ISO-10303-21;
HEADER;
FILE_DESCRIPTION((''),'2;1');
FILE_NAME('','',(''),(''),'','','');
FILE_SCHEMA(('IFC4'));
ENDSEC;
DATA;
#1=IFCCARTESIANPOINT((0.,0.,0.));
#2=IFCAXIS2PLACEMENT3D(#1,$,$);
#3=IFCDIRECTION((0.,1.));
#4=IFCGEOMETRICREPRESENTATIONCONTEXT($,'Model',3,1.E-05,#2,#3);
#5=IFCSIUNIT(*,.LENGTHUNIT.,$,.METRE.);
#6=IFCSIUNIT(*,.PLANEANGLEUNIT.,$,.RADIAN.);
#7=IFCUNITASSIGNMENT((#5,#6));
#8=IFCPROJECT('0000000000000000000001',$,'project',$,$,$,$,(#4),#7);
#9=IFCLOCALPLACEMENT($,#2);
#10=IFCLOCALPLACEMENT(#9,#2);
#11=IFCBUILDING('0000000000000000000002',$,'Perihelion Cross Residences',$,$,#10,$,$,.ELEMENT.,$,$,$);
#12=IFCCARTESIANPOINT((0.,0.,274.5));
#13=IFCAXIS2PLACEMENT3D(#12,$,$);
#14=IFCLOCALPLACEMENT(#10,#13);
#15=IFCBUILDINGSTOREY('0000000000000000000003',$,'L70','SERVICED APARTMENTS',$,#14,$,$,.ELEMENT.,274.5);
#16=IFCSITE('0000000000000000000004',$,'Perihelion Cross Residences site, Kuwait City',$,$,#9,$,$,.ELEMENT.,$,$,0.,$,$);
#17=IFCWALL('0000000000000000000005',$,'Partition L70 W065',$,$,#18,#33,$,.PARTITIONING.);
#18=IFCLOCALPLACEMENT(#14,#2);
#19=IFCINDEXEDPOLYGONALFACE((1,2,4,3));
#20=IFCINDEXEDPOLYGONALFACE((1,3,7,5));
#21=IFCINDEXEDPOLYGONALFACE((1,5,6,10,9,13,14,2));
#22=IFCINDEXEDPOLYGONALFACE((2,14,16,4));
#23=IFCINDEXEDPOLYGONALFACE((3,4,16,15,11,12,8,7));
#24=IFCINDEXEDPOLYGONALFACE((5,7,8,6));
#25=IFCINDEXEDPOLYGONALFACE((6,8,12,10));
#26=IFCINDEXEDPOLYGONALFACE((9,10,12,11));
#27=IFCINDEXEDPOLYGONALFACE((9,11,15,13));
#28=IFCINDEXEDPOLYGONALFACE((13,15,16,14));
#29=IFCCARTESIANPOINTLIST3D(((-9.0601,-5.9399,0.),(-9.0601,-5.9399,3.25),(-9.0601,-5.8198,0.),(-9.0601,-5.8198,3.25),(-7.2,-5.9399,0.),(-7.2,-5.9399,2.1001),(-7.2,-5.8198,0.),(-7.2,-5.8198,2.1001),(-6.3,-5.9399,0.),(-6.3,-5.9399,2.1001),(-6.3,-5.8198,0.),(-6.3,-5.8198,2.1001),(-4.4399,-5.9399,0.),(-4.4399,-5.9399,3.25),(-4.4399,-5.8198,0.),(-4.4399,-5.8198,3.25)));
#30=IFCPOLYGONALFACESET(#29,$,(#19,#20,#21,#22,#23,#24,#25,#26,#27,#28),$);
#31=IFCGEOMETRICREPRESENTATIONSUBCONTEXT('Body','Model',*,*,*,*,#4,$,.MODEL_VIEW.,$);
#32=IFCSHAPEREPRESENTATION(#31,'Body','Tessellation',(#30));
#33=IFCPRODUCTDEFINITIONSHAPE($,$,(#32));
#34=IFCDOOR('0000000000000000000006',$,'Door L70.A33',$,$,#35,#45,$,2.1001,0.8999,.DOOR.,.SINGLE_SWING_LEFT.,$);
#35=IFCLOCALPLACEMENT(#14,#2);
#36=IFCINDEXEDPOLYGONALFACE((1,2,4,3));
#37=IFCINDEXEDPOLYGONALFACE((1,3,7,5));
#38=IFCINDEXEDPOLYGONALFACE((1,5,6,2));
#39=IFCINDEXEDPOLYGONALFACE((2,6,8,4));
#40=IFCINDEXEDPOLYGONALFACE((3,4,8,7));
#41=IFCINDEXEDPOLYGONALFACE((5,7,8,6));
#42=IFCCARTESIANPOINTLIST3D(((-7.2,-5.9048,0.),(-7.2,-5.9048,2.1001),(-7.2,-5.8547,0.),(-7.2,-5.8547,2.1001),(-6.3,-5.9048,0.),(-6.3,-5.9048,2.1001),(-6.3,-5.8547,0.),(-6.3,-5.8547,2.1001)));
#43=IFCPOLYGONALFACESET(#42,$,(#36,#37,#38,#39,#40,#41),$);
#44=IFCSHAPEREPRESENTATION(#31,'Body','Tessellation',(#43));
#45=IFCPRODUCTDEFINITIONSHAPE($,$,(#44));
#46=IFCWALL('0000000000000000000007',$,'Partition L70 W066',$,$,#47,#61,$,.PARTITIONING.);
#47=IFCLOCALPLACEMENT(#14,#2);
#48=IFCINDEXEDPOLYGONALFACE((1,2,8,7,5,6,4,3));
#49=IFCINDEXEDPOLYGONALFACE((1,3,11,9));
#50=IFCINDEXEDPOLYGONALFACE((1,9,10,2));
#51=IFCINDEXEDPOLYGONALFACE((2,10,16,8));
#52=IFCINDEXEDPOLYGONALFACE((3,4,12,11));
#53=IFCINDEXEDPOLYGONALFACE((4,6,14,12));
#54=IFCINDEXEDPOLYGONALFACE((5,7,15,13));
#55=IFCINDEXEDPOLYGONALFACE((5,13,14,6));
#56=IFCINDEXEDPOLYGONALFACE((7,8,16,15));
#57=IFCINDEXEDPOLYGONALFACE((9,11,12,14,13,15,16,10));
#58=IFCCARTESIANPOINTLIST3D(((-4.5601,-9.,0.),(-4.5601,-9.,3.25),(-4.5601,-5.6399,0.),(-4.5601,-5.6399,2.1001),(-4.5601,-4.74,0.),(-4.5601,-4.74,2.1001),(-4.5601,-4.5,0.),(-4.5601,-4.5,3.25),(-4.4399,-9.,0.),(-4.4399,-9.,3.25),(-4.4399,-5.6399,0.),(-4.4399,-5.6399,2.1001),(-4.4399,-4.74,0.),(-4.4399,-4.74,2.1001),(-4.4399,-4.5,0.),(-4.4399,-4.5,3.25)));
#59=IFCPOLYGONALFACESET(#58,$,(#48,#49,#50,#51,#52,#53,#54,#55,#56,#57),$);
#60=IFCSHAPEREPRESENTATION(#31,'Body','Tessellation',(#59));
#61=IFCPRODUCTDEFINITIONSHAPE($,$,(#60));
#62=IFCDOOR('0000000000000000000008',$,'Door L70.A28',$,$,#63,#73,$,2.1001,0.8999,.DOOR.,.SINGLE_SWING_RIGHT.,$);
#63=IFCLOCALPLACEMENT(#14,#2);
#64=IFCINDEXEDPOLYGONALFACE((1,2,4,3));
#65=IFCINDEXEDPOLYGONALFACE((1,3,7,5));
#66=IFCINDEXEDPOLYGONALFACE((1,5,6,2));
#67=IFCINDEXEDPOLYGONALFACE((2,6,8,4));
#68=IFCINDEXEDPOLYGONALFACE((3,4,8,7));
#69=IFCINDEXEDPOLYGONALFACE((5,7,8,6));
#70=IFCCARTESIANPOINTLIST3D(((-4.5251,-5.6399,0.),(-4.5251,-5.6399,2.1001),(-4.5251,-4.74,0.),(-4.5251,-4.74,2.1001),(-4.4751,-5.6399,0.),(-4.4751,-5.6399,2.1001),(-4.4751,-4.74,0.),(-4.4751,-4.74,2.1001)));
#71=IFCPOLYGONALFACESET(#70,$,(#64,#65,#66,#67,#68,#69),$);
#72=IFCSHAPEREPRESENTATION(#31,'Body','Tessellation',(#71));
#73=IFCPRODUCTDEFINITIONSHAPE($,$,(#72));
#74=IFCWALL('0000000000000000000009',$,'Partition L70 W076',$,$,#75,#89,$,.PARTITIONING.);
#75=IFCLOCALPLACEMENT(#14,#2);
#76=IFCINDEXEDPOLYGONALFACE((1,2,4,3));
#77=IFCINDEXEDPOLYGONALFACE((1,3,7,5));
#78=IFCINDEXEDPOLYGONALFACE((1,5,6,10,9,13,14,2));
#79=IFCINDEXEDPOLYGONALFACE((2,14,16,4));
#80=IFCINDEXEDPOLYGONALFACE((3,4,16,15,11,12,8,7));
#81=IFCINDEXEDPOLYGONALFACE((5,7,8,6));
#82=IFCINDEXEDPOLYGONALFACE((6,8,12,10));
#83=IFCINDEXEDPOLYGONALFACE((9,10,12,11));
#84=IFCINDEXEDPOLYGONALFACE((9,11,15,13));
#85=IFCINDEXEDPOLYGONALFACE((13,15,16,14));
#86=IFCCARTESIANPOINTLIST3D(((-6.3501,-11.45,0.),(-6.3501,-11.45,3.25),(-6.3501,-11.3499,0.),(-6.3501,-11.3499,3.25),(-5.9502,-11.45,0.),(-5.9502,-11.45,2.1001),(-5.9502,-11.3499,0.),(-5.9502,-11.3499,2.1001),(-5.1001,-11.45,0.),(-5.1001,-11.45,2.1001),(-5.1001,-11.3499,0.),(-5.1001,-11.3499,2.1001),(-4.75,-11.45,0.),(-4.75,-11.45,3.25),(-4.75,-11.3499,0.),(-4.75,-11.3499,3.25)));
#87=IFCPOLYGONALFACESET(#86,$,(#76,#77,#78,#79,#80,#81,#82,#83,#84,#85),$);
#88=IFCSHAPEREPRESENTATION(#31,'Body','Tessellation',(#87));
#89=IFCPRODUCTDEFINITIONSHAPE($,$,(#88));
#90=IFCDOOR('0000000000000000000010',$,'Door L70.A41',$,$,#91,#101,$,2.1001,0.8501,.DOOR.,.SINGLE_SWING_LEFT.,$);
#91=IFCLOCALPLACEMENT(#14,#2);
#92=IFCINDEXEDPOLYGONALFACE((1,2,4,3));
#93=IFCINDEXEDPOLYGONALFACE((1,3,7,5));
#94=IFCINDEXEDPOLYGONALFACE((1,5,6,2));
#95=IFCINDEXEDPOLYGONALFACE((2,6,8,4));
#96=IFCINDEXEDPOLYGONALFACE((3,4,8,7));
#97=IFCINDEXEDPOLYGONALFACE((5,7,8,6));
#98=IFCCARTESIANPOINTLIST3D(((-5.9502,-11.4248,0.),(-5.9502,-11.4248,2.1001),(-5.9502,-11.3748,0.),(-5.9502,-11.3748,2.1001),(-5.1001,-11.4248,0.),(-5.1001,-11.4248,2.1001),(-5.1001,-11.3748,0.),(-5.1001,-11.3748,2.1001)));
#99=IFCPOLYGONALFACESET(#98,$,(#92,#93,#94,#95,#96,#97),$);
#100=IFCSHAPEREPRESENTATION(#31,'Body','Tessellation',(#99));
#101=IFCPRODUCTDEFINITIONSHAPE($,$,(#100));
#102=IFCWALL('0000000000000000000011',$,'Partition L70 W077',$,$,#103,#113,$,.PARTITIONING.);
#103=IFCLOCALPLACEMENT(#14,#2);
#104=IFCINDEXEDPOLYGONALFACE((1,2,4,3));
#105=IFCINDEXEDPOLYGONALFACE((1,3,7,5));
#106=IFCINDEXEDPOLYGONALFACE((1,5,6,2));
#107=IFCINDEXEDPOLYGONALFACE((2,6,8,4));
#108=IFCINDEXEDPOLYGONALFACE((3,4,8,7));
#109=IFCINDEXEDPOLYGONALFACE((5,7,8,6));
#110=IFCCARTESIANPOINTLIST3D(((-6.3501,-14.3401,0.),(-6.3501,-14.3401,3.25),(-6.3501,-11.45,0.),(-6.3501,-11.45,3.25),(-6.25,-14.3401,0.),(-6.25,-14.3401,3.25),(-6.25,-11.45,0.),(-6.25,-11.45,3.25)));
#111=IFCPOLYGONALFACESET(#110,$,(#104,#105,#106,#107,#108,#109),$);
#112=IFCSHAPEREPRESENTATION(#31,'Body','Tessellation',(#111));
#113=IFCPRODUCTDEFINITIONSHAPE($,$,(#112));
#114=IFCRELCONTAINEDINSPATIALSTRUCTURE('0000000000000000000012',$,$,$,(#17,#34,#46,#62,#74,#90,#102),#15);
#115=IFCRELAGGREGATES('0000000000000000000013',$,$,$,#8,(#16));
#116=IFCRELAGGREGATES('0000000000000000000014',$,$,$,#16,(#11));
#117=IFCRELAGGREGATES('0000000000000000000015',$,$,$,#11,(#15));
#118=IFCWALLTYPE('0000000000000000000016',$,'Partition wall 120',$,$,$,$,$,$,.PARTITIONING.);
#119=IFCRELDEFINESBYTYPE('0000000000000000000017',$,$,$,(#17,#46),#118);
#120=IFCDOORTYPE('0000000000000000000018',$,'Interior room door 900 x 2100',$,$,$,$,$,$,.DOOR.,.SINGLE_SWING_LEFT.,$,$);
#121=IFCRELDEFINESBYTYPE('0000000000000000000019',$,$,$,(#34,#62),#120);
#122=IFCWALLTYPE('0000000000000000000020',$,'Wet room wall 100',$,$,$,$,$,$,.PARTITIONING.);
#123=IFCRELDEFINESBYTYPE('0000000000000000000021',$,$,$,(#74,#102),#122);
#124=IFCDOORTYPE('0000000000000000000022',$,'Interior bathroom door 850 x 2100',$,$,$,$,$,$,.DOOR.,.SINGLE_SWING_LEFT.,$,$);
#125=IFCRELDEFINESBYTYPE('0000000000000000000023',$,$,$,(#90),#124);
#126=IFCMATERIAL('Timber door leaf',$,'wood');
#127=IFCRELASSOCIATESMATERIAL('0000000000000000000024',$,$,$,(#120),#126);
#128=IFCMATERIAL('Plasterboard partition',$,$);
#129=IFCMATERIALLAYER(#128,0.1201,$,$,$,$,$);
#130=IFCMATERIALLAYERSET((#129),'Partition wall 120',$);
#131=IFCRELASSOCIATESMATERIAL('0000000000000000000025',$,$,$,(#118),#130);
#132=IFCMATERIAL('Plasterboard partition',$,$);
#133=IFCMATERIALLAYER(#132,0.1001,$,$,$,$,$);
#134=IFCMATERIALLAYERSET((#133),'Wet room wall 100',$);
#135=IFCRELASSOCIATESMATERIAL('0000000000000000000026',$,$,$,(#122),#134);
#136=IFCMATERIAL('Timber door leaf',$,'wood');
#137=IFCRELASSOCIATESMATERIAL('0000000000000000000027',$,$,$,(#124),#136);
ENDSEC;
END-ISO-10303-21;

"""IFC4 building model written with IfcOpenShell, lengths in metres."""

from ifc_helpers import new_model, si_unit, direction, frame, frame_2d, origin, place, context, subcontext, project, spatial, rectangle, extrude, material, layer, layer_set, type_object, element, fill, save


model = new_model("IFC4")

# Units and contexts
model_context = context("Model", 3, precision=1e-05, world=origin(), true_north=direction((0.0, 1.0)))
body_context = subcontext(model_context, "Body", "Model", "MODEL_VIEW")
ifc_project = project(units=[si_unit("LENGTHUNIT", "METRE"), si_unit("PLANEANGLEUNIT", "RADIAN")], contexts=[model_context])

# Site, building, storey
site_placement = place(None, origin())
site = spatial("IfcSite", under=ifc_project, at=site_placement, Name="Perihelion Cross Residences site, Kuwait City", CompositionType="ELEMENT", RefElevation=0.0)
building_placement = place(site_placement, origin())
building = spatial("IfcBuilding", under=site, at=building_placement, Name="Perihelion Cross Residences", CompositionType="ELEMENT")
storey_placement = place(building_placement, frame((0.0, 0.0, 274.5)))
storey = spatial("IfcBuildingStorey", under=building, at=storey_placement, Name="L70", Description="SERVICED APARTMENTS", CompositionType="ELEMENT", Elevation=274.5)

# Shared definitions
ifc_material_1 = material(Name="Timber door leaf", Category="wood")
door_type_1 = type_object("IfcDoorType", Name="Interior room door 900 x 2100", OperationType="SINGLE_SWING_LEFT", PredefinedType="DOOR", material=ifc_material_1)

# Shared definitions
ifc_material_2 = material(Name="Plasterboard partition")
ifc_layer_1 = layer(ifc_material_2, 0.1201)
ifc_layer_set_1 = layer_set([ifc_layer_1], Name="Partition wall 120")
wall_type_1 = type_object("IfcWallType", Name="Partition wall 120", PredefinedType="PARTITIONING", material=ifc_layer_set_1)

# Walls, openings, doors
wall_1_placement = place(storey_placement, frame((-4.4399, -5.8799, 0.0), z_axis=(0.0, 0.0, 1.0), x_axis=(-1.0, 0.0, 0.0)))
wall_1 = element("IfcWall", 1, at=wall_1_placement, inside=storey, type_object=wall_type_1, Name="Partition L70 W065", PredefinedType="PARTITIONING", context=body_context, shape_type="SweptSolid", body=[
    extrude(rectangle(XDim=4.6201, YDim=0.1201, at=frame_2d((2.3101, 0.0))), origin(), (0.0, 0.0, 1.0), 3.25),
])
opening_1_placement = place(wall_1_placement, frame((1.8601, 0.0, 0.0)))
opening_1 = element("IfcOpeningElement", 2, at=opening_1_placement, cuts=wall_1, PredefinedType="OPENING", context=body_context, shape_type="SweptSolid", body=[
    extrude(rectangle(XDim=0.8999, YDim=2.1001, at=frame_2d((0.45, 1.05))), frame((0.0, 0.0701, 0.0), z_axis=(0.0, -1.0, 0.0), x_axis=(1.0, 0.0, 0.0)), (0.0, 0.0, 1.0), 0.1401),
])
door_1_placement = place(opening_1_placement, origin())
door_1 = element("IfcDoor", 3, at=door_1_placement, inside=storey, type_object=door_type_1, Name="Door L70.A33", OperationType="SINGLE_SWING_LEFT", OverallHeight=2.1001, OverallWidth=0.8999, PredefinedType="DOOR", context=body_context, shape_type="SweptSolid", body=[
    extrude(rectangle(XDim=0.8999, YDim=2.1001, at=frame_2d((0.45, 1.05))), frame((0.0, 0.0249, 0.0), z_axis=(0.0, -1.0, 0.0), x_axis=(1.0, 0.0, 0.0)), (0.0, 0.0, 1.0), 0.05),
])
fill(opening_1, door_1)
wall_2_placement = place(storey_placement, frame((-4.5, -4.5, 0.0), z_axis=(0.0, 0.0, 1.0), x_axis=(0.0, -1.0, 0.0)))
wall_2 = element("IfcWall", 4, at=wall_2_placement, inside=storey, type_object=wall_type_1, Name="Partition L70 W066", PredefinedType="PARTITIONING", context=body_context, shape_type="SweptSolid", body=[
    extrude(rectangle(XDim=4.5, YDim=0.1201, at=frame_2d((2.25, 0.0))), origin(), (0.0, 0.0, 1.0), 3.25),
])
opening_2_placement = place(wall_2_placement, frame((0.24, 0.0, 0.0)))
opening_2 = element("IfcOpeningElement", 5, at=opening_2_placement, cuts=wall_2, PredefinedType="OPENING", context=body_context, shape_type="SweptSolid", body=[
    extrude(rectangle(XDim=0.8999, YDim=2.1001, at=frame_2d((0.45, 1.05))), frame((0.0, 0.0701, 0.0), z_axis=(0.0, -1.0, 0.0), x_axis=(1.0, 0.0, 0.0)), (0.0, 0.0, 1.0), 0.1401),
])
door_2_placement = place(opening_2_placement, origin())
door_2 = element("IfcDoor", 6, at=door_2_placement, inside=storey, type_object=door_type_1, Name="Door L70.A28", OperationType="SINGLE_SWING_RIGHT", OverallHeight=2.1001, OverallWidth=0.8999, PredefinedType="DOOR", context=body_context, shape_type="SweptSolid", body=[
    extrude(rectangle(XDim=0.8999, YDim=2.1001, at=frame_2d((0.45, 1.05))), frame((0.0, 0.0249, 0.0), z_axis=(0.0, -1.0, 0.0), x_axis=(1.0, 0.0, 0.0)), (0.0, 0.0, 1.0), 0.05),
])
fill(opening_2, door_2)
ifc_material_3 = material(Name="Plasterboard partition")
ifc_layer_2 = layer(ifc_material_3, 0.1001)
ifc_layer_set_2 = layer_set([ifc_layer_2], Name="Wet room wall 100")
wall_type_2 = type_object("IfcWallType", Name="Wet room wall 100", PredefinedType="PARTITIONING", material=ifc_layer_set_2)
wall_3_placement = place(storey_placement, frame((-4.75, -11.3999, 0.0), z_axis=(0.0, 0.0, 1.0), x_axis=(-1.0, 0.0, 0.0)))
wall_3 = element("IfcWall", 7, at=wall_3_placement, inside=storey, type_object=wall_type_2, Name="Partition L70 W076", PredefinedType="PARTITIONING", context=body_context, shape_type="SweptSolid", body=[
    extrude(rectangle(XDim=1.6001, YDim=0.1001, at=frame_2d((0.8, 0.0))), origin(), (0.0, 0.0, 1.0), 3.25),
])
opening_3_placement = place(wall_3_placement, frame((0.3501, 0.0, 0.0)))
opening_3 = element("IfcOpeningElement", 8, at=opening_3_placement, cuts=wall_3, PredefinedType="OPENING", context=body_context, shape_type="SweptSolid", body=[
    extrude(rectangle(XDim=0.8501, YDim=2.1001, at=frame_2d((0.425, 1.05))), frame((0.0, 0.0601, 0.0), z_axis=(0.0, -1.0, 0.0), x_axis=(1.0, 0.0, 0.0)), (0.0, 0.0, 1.0), 0.1201),
])
ifc_material_4 = material(Name="Timber door leaf", Category="wood")
door_type_2 = type_object("IfcDoorType", Name="Interior bathroom door 850 x 2100", OperationType="SINGLE_SWING_LEFT", PredefinedType="DOOR", material=ifc_material_4)
door_3_placement = place(opening_3_placement, origin())
door_3 = element("IfcDoor", 9, at=door_3_placement, inside=storey, type_object=door_type_2, Name="Door L70.A41", OperationType="SINGLE_SWING_LEFT", OverallHeight=2.1001, OverallWidth=0.8501, PredefinedType="DOOR", context=body_context, shape_type="SweptSolid", body=[
    extrude(rectangle(XDim=0.8501, YDim=2.1001, at=frame_2d((0.425, 1.05))), frame((0.0, 0.0249, 0.0), z_axis=(0.0, -1.0, 0.0), x_axis=(1.0, 0.0, 0.0)), (0.0, 0.0, 1.0), 0.05),
])
fill(opening_3, door_3)

# Wall
wall_4_placement = place(storey_placement, frame((-6.3, -11.45, 0.0), z_axis=(0.0, 0.0, 1.0), x_axis=(0.0, -1.0, 0.0)))
element("IfcWall", 10, at=wall_4_placement, inside=storey, type_object=wall_type_2, Name="Partition L70 W077", PredefinedType="PARTITIONING", context=body_context, shape_type="SweptSolid", body=[
    extrude(rectangle(XDim=2.8901, YDim=0.1001, at=frame_2d((1.4451, 0.0))), origin(), (0.0, 0.0, 1.0), 3.25),
])

save(model, "model.ifc")
